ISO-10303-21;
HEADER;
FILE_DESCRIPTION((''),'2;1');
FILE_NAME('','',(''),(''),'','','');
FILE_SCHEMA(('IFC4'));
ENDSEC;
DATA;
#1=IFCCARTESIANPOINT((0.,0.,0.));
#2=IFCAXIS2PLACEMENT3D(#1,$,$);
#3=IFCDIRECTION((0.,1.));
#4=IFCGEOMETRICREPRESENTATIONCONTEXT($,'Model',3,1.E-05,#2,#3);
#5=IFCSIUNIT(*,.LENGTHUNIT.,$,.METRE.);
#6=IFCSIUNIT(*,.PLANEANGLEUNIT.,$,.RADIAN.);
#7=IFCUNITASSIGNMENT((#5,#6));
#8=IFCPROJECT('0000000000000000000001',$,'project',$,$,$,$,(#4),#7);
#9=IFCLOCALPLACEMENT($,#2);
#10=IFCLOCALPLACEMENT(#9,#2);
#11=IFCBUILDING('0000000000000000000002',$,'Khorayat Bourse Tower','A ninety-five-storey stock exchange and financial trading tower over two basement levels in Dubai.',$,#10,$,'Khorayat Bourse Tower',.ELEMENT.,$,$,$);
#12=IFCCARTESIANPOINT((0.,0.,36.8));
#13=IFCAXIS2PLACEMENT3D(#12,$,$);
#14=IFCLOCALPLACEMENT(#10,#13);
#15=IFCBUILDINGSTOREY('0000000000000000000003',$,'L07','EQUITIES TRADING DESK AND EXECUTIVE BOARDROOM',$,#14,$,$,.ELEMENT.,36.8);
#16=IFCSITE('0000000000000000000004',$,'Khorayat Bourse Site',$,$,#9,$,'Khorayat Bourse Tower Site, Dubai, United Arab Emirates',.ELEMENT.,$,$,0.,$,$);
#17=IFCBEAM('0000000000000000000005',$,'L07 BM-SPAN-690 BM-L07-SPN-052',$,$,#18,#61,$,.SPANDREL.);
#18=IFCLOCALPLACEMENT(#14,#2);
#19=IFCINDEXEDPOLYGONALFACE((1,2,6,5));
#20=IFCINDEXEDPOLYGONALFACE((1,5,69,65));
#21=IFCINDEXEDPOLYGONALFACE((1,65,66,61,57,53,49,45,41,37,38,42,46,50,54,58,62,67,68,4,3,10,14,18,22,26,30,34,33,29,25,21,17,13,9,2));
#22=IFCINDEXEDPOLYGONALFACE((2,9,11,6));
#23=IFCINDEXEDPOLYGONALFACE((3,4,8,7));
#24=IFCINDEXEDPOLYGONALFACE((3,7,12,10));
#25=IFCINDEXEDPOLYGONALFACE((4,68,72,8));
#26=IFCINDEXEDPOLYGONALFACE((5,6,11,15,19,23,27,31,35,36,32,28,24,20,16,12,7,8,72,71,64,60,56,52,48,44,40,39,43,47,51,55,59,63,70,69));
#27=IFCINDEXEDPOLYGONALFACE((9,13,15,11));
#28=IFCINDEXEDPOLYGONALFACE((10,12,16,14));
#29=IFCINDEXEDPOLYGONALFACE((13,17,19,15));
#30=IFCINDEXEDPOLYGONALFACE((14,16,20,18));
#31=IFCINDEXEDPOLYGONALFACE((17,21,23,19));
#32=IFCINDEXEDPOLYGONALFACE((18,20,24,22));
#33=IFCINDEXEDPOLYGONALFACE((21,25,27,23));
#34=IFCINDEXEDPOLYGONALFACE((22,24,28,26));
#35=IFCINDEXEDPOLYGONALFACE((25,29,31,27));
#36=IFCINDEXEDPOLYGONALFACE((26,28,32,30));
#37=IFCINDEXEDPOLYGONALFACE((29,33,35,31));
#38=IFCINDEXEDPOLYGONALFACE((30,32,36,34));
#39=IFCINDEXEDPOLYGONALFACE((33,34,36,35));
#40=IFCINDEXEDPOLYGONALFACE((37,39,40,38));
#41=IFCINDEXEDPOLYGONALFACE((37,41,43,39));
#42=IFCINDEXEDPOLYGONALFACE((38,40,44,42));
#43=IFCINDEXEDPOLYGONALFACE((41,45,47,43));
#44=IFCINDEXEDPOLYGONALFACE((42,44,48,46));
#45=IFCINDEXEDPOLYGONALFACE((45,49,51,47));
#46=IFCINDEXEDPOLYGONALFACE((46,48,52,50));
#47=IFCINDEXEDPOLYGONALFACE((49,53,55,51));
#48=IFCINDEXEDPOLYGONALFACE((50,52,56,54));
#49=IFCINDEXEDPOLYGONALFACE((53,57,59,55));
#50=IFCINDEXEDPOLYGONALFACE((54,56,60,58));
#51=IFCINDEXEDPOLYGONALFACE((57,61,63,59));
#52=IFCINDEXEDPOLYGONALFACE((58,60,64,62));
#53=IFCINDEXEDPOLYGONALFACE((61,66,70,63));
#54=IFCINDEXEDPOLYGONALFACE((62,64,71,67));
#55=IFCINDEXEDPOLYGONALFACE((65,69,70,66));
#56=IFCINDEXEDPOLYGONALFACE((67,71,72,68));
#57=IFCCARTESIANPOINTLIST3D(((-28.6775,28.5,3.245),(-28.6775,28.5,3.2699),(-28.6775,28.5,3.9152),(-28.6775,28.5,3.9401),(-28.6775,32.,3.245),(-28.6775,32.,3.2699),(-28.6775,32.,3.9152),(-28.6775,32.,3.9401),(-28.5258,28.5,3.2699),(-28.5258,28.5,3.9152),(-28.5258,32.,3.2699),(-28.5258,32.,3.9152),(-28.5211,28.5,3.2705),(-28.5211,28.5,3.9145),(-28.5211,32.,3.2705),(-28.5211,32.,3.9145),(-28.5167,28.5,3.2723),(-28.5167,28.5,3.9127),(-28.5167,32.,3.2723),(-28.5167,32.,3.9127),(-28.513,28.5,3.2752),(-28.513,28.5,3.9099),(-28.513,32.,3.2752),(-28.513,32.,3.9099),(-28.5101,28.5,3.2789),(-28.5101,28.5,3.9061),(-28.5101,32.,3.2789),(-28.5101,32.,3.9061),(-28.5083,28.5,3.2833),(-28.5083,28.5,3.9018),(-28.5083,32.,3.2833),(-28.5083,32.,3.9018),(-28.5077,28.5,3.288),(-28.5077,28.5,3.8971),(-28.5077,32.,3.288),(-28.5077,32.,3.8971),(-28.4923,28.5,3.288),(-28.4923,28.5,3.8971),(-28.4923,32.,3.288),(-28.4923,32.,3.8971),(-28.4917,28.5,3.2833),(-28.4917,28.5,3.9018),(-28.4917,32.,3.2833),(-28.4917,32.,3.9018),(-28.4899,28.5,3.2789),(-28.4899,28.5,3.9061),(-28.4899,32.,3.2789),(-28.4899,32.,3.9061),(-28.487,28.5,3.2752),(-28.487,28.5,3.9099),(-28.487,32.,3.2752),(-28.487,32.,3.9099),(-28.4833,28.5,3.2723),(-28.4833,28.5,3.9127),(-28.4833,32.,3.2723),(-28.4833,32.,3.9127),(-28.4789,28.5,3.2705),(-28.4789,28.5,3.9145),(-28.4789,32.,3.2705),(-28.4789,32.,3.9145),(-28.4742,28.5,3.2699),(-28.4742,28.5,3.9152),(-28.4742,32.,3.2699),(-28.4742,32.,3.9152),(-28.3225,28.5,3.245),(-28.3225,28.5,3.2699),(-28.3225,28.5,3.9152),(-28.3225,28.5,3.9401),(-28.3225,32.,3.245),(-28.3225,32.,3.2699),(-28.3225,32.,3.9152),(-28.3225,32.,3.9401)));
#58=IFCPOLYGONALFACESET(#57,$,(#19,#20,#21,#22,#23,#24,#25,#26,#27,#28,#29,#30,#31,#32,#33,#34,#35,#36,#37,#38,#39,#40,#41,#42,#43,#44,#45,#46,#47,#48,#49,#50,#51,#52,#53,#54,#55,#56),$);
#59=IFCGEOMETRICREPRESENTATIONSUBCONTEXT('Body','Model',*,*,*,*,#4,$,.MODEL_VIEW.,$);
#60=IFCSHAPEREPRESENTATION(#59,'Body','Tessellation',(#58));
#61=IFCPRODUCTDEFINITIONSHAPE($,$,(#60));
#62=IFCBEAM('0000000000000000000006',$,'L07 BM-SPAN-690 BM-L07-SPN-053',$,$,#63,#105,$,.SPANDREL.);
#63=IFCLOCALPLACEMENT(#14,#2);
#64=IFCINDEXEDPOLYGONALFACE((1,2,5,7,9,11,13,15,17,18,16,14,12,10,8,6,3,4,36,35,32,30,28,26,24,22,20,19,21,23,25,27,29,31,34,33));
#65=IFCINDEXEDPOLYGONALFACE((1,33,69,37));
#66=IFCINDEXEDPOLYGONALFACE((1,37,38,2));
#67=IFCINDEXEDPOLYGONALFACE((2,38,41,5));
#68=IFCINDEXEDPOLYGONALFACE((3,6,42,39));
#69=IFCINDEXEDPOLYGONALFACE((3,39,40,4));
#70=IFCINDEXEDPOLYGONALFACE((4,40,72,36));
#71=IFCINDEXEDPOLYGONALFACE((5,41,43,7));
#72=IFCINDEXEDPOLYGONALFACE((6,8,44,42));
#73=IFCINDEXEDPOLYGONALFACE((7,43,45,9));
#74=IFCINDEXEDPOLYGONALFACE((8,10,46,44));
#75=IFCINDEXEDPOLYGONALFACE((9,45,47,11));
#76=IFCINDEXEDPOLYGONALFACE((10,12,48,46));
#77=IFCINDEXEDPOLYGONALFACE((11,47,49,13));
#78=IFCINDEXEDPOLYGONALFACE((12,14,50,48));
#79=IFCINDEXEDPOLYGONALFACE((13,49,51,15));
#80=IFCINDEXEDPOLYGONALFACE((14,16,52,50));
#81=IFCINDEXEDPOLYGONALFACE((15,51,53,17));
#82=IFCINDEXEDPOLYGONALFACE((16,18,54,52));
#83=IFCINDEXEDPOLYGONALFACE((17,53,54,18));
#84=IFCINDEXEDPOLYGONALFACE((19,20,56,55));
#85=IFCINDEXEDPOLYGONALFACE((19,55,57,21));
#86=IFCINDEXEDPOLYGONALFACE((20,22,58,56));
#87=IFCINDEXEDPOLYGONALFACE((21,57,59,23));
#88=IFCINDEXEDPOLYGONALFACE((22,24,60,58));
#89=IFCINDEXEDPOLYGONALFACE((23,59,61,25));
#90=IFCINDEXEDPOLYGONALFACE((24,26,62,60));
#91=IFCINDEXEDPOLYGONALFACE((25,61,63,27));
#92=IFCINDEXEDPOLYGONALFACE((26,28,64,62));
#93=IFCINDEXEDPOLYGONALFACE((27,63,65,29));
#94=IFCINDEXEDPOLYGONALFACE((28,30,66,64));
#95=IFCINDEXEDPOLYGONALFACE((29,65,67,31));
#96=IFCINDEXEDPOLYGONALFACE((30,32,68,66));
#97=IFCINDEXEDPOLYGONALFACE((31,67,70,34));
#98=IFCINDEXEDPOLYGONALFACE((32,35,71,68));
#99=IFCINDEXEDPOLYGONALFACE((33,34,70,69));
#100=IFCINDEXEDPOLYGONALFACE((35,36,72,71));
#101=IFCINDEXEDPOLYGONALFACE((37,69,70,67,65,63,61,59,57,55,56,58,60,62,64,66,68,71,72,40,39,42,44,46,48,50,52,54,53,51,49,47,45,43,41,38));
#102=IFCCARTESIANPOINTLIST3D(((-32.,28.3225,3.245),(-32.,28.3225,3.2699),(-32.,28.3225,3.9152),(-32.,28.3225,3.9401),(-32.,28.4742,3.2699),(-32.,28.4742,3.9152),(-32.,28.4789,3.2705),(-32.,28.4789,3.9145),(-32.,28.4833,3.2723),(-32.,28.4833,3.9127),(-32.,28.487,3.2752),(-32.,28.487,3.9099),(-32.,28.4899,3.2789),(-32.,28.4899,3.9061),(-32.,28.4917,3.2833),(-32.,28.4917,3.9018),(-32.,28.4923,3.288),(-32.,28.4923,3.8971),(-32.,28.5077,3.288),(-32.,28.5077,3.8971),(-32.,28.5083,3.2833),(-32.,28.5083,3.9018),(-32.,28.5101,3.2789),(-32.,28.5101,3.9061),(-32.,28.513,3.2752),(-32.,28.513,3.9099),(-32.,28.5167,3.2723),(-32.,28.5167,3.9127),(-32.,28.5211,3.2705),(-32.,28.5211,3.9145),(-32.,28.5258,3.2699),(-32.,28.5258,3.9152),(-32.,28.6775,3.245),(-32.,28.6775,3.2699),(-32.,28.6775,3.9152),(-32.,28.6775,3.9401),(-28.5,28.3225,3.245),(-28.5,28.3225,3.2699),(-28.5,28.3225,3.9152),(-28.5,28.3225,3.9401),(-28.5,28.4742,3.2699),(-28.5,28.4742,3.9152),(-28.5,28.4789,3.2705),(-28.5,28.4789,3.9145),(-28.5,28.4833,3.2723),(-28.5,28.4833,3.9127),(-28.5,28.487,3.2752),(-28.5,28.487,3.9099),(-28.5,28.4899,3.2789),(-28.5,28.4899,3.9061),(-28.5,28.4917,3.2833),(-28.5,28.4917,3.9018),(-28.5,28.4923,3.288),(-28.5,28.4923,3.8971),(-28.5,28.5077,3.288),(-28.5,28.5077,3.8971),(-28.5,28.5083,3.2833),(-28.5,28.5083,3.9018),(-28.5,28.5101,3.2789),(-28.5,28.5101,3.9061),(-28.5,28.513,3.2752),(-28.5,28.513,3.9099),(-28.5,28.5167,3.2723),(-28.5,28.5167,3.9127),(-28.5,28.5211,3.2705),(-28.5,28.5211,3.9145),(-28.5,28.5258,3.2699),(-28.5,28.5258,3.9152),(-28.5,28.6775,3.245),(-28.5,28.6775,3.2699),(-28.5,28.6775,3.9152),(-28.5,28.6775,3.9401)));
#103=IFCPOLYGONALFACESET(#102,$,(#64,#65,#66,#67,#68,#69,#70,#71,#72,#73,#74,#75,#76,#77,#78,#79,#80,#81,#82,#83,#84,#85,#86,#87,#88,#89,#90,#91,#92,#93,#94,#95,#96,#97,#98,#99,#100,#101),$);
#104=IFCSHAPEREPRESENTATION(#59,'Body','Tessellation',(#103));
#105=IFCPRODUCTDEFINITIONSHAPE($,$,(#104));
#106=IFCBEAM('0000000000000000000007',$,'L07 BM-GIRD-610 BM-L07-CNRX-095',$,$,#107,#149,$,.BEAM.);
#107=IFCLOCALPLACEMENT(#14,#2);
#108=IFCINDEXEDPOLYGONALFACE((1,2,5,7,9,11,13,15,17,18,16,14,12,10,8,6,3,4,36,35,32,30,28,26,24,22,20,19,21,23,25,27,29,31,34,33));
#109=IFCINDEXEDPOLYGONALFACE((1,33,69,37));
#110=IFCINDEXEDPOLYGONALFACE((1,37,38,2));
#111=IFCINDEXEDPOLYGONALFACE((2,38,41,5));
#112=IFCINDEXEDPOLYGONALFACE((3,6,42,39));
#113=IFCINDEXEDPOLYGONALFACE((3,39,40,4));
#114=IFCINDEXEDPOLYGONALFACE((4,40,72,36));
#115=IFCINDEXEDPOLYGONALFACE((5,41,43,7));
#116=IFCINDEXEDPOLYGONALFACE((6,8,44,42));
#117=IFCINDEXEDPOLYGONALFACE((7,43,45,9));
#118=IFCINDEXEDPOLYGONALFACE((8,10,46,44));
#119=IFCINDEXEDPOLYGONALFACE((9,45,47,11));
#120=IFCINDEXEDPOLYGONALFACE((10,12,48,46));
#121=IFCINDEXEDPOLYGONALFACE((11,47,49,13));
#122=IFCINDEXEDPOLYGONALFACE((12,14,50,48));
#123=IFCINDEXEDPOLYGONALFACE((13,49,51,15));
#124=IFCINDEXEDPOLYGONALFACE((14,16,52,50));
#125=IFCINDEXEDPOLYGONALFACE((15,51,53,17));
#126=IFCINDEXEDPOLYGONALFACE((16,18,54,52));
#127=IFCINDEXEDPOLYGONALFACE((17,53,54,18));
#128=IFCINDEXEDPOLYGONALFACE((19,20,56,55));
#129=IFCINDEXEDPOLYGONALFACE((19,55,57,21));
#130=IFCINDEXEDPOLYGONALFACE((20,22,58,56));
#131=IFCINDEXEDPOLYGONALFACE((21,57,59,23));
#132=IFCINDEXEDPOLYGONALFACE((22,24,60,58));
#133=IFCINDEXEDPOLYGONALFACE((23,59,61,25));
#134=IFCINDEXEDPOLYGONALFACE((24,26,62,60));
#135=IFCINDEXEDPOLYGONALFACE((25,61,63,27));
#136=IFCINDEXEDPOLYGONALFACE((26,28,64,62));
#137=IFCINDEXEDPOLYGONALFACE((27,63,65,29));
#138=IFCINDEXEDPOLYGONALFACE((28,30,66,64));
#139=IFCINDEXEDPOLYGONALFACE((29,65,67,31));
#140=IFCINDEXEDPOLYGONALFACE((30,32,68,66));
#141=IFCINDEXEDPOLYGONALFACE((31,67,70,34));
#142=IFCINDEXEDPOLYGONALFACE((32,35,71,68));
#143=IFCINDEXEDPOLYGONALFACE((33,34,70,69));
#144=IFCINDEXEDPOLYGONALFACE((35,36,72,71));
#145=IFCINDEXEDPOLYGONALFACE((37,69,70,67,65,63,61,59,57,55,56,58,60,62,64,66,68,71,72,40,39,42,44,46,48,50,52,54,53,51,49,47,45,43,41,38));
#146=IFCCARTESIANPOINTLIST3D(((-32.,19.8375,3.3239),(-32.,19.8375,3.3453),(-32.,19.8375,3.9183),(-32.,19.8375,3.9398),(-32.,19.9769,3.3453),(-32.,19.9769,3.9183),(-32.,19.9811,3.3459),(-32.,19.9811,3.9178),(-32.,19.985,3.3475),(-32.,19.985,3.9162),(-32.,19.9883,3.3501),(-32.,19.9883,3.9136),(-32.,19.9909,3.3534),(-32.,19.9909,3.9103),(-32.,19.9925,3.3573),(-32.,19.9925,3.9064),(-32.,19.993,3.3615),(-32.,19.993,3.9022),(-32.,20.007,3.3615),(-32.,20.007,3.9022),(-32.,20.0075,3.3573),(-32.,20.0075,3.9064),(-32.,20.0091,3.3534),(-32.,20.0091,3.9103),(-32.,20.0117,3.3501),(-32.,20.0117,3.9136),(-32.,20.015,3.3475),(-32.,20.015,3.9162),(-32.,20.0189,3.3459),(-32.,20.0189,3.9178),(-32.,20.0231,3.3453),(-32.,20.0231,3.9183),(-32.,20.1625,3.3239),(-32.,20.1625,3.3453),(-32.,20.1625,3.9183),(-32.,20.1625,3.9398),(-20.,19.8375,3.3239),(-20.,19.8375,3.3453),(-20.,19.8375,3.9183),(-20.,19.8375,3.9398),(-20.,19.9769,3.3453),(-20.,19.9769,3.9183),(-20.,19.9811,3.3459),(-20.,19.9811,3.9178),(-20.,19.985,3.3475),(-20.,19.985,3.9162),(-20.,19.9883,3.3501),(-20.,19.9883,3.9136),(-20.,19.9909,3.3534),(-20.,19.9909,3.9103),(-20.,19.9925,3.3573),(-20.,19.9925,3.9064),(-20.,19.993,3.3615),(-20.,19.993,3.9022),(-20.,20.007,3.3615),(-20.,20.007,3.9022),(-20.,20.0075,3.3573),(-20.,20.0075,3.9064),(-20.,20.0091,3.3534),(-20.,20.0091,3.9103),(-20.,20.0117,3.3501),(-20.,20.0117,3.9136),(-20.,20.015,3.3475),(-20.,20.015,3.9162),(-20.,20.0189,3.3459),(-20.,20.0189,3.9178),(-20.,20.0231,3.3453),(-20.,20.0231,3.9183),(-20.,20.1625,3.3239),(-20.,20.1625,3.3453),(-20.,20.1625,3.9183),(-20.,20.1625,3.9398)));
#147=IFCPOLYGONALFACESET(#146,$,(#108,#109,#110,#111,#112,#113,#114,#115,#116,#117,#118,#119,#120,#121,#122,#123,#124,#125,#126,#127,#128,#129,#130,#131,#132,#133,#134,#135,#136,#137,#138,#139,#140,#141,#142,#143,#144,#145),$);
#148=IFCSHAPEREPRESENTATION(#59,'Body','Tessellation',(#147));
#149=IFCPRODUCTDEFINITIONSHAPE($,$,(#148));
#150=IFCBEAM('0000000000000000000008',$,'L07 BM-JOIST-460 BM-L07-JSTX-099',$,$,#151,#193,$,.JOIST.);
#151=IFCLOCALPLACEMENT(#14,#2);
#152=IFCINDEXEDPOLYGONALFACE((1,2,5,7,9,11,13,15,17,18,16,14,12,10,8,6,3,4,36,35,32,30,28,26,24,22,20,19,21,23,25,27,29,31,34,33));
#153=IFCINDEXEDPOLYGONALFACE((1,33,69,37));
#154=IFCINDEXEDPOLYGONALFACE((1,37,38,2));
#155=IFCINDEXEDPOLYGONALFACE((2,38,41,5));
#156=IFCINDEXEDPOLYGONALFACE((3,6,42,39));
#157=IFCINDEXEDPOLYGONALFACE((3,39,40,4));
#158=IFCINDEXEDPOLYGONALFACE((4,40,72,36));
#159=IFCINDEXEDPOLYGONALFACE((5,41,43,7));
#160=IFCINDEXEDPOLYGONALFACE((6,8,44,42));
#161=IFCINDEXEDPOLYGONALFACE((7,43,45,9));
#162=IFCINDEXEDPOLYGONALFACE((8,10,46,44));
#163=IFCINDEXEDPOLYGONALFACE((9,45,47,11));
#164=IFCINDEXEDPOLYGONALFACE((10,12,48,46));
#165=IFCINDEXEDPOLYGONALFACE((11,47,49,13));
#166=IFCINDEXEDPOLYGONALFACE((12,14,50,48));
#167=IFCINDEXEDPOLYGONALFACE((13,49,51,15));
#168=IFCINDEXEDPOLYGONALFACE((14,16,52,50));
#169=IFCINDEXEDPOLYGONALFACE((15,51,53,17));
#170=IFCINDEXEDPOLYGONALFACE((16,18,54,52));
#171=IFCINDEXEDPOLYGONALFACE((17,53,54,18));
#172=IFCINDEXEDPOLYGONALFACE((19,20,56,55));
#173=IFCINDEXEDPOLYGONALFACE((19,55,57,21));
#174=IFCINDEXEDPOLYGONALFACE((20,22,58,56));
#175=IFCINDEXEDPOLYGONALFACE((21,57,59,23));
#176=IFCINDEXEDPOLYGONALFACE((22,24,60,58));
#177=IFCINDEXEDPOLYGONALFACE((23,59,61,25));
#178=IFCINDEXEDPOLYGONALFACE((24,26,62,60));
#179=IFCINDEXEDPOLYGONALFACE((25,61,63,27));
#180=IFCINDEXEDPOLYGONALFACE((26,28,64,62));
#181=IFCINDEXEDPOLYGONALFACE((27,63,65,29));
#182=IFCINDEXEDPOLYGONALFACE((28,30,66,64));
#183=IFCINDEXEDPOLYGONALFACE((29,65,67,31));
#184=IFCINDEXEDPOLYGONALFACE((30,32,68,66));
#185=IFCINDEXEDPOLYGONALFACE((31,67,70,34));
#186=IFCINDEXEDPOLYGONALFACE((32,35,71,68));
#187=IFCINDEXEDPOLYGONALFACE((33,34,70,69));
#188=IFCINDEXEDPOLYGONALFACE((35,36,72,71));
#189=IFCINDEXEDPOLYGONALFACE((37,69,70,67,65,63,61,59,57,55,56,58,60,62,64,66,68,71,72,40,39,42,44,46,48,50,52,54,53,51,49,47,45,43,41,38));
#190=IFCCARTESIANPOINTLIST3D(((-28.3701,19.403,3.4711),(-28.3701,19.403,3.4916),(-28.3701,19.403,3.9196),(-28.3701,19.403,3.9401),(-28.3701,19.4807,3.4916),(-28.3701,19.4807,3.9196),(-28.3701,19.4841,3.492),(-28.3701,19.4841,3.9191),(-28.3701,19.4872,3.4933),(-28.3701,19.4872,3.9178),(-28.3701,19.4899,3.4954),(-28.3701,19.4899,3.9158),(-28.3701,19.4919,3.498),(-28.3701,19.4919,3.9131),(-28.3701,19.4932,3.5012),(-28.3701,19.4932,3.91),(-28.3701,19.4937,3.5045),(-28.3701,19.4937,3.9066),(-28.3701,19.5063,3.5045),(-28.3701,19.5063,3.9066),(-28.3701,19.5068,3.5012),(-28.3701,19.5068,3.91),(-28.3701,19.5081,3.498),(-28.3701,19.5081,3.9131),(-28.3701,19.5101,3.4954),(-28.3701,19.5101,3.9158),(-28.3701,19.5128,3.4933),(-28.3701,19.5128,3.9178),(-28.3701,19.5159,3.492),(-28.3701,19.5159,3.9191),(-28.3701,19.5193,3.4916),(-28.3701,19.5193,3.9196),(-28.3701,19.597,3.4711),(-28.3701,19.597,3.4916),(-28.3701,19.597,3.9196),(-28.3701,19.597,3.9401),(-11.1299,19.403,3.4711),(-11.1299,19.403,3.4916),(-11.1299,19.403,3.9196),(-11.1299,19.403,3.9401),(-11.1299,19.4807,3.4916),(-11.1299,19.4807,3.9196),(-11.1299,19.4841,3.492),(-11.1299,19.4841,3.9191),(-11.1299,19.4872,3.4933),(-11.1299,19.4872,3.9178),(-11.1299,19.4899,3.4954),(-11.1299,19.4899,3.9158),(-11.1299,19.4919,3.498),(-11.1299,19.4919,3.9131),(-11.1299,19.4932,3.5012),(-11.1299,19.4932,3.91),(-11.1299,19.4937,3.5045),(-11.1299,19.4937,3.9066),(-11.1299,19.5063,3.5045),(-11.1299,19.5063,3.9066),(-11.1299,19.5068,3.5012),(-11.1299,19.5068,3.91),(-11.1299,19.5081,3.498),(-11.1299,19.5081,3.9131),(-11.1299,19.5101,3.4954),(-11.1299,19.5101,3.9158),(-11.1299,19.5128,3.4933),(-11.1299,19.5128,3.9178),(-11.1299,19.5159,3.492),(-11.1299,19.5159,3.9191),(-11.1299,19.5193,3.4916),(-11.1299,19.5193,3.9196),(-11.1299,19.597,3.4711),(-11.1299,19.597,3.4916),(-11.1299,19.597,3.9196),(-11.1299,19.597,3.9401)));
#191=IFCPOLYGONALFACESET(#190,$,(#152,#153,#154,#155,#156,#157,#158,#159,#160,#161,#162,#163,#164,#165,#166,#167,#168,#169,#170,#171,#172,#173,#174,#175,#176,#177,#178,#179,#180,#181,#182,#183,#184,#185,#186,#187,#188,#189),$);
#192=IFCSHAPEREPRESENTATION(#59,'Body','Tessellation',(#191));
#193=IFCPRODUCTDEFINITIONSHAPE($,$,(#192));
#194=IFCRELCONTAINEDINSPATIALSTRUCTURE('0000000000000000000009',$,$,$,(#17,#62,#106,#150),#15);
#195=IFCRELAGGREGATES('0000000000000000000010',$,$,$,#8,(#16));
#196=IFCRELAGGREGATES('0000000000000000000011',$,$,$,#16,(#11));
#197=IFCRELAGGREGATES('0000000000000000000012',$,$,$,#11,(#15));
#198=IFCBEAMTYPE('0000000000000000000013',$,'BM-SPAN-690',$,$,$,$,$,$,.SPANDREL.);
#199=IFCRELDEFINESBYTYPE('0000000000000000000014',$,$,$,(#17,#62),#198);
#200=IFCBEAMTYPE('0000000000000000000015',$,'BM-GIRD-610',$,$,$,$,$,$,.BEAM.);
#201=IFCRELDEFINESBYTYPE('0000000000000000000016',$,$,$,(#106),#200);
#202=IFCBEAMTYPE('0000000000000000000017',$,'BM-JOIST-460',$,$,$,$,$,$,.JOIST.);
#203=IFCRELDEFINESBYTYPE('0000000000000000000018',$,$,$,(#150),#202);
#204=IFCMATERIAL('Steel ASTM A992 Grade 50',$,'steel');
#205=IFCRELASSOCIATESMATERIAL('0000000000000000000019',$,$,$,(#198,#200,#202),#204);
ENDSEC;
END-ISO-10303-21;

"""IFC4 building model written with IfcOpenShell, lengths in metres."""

from ifc_helpers import new_model, si_unit, direction, frame, origin, origin_2d, place, context, subcontext, project, spatial, i_section, extrude, source, transform, mapped, material, material_profile, profile_set, type_object, element, save


model = new_model("IFC4")

# Units and contexts
model_context = context("Model", 3, precision=1e-05, world=origin(), true_north=direction((0.0, 1.0)))
body_context = subcontext(model_context, "Body", "Model", "MODEL_VIEW")
ifc_project = project(units=[si_unit("LENGTHUNIT", "METRE"), si_unit("PLANEANGLEUNIT", "RADIAN")], contexts=[model_context])

# Site, building, storey
site_placement = place(None, origin())
site = spatial("IfcSite", under=ifc_project, at=site_placement, Name="Khorayat Bourse Site", LongName="Khorayat Bourse Tower Site, Dubai, United Arab Emirates", CompositionType="ELEMENT", RefElevation=0.0)
building_placement = place(site_placement, origin())
building = spatial("IfcBuilding", under=site, at=building_placement, Name="Khorayat Bourse Tower", Description="A ninety-five-storey stock exchange and financial trading tower over two basement levels in Dubai.", LongName="Khorayat Bourse Tower", CompositionType="ELEMENT")
storey_placement = place(building_placement, frame((0.0, 0.0, 36.8)))
storey = spatial("IfcBuildingStorey", under=building, at=storey_placement, Name="L07", Description="EQUITIES TRADING DESK AND EXECUTIVE BOARDROOM", CompositionType="ELEMENT", Elevation=36.8)

# Beams
ifc_material_1 = material(Name="Steel ASTM A992 Grade 50", Category="steel")
ifc_material_profile_1 = material_profile(ifc_material_1, i_section(OverallWidth=0.355, OverallDepth=0.6951, WebThickness=0.0154, FlangeThickness=0.0249, FilletRadius=0.0181, at=origin_2d()), Name="W690X217")
ifc_profile_set_1 = profile_set([ifc_material_profile_1], Name="Steel ASTM A992 Grade 50")
beam_type_1 = type_object("IfcBeamType", Name="BM-SPAN-690", PredefinedType="SPANDREL", material=ifc_profile_set_1)
shared_shape_1 = source(origin(), body_context, "Body", "SweptSolid", [
    extrude(i_section(OverallWidth=0.355, OverallDepth=0.6951, WebThickness=0.0154, FlangeThickness=0.0249, FilletRadius=0.0181, at=origin_2d()), origin(), (0.0, 0.0, 1.0), 3.5),
])
for number, where, z_axis, x_axis, name in (
    (1, (-28.5, 28.5, 3.5925), (0.0, 1.0, 0.0), (-1.0, 0.0, 0.0), "L07 BM-SPAN-690 BM-L07-SPN-052"),
    (2, (-32.0, 28.5, 3.5925), (1.0, 0.0, 0.0), (0.0, 1.0, 0.0), "L07 BM-SPAN-690 BM-L07-SPN-053"),
):
    element("IfcBeam", number, at=place(storey_placement, frame(where, z_axis=z_axis, x_axis=x_axis)), inside=storey, type_object=beam_type_1, Name=name, PredefinedType="SPANDREL", context=body_context, shape_type="MappedRepresentation", body=[
        mapped(shared_shape_1, transform((0.0, 0.0, 0.0), scale=1.0)),
    ])
ifc_material_profile_2 = material_profile(ifc_material_1, i_section(OverallWidth=0.325, OverallDepth=0.616, WebThickness=0.0139, FlangeThickness=0.0215, FilletRadius=0.0161, at=origin_2d()), Name="W610X174")
ifc_profile_set_2 = profile_set([ifc_material_profile_2], Name="Steel ASTM A992 Grade 50")
beam_type_2 = type_object("IfcBeamType", Name="BM-GIRD-610", PredefinedType="BEAM", material=ifc_profile_set_2)
shared_shape_2 = source(origin(), body_context, "Body", "SweptSolid", [
    extrude(i_section(OverallWidth=0.325, OverallDepth=0.616, WebThickness=0.0139, FlangeThickness=0.0215, FilletRadius=0.0161, at=origin_2d()), origin(), (0.0, 0.0, 1.0), 12.0),
])
beam_1_placement = place(storey_placement, frame((-32.0, 20.0, 3.6318), z_axis=(1.0, 0.0, 0.0), x_axis=(0.0, 1.0, 0.0)))
element("IfcBeam", 3, at=beam_1_placement, inside=storey, type_object=beam_type_2, Name="L07 BM-GIRD-610 BM-L07-CNRX-095", PredefinedType="BEAM", context=body_context, shape_type="MappedRepresentation", body=[
    mapped(shared_shape_2, transform((0.0, 0.0, 0.0), scale=1.0)),
])
ifc_material_profile_3 = material_profile(ifc_material_1, i_section(OverallWidth=0.1941, OverallDepth=0.469, WebThickness=0.0127, FlangeThickness=0.0205, FilletRadius=0.0129, at=origin_2d()), Name="W460X106")
ifc_profile_set_3 = profile_set([ifc_material_profile_3], Name="Steel ASTM A992 Grade 50")
beam_type_3 = type_object("IfcBeamType", Name="BM-JOIST-460", PredefinedType="JOIST", material=ifc_profile_set_3)
shared_shape_3 = source(origin(), body_context, "Body", "SweptSolid", [
    extrude(i_section(OverallWidth=0.1941, OverallDepth=0.469, WebThickness=0.0127, FlangeThickness=0.0205, FilletRadius=0.0129, at=origin_2d()), origin(), (0.0, 0.0, 1.0), 17.2402),
])
beam_2_placement = place(storey_placement, frame((-28.3701, 19.5, 3.7056), z_axis=(1.0, 0.0, 0.0), x_axis=(0.0, 1.0, 0.0)))
element("IfcBeam", 4, at=beam_2_placement, inside=storey, type_object=beam_type_3, Name="L07 BM-JOIST-460 BM-L07-JSTX-099", PredefinedType="JOIST", context=body_context, shape_type="MappedRepresentation", body=[
    mapped(shared_shape_3, transform((0.0, 0.0, 0.0), scale=1.0)),
])

save(model, "model.ifc")
